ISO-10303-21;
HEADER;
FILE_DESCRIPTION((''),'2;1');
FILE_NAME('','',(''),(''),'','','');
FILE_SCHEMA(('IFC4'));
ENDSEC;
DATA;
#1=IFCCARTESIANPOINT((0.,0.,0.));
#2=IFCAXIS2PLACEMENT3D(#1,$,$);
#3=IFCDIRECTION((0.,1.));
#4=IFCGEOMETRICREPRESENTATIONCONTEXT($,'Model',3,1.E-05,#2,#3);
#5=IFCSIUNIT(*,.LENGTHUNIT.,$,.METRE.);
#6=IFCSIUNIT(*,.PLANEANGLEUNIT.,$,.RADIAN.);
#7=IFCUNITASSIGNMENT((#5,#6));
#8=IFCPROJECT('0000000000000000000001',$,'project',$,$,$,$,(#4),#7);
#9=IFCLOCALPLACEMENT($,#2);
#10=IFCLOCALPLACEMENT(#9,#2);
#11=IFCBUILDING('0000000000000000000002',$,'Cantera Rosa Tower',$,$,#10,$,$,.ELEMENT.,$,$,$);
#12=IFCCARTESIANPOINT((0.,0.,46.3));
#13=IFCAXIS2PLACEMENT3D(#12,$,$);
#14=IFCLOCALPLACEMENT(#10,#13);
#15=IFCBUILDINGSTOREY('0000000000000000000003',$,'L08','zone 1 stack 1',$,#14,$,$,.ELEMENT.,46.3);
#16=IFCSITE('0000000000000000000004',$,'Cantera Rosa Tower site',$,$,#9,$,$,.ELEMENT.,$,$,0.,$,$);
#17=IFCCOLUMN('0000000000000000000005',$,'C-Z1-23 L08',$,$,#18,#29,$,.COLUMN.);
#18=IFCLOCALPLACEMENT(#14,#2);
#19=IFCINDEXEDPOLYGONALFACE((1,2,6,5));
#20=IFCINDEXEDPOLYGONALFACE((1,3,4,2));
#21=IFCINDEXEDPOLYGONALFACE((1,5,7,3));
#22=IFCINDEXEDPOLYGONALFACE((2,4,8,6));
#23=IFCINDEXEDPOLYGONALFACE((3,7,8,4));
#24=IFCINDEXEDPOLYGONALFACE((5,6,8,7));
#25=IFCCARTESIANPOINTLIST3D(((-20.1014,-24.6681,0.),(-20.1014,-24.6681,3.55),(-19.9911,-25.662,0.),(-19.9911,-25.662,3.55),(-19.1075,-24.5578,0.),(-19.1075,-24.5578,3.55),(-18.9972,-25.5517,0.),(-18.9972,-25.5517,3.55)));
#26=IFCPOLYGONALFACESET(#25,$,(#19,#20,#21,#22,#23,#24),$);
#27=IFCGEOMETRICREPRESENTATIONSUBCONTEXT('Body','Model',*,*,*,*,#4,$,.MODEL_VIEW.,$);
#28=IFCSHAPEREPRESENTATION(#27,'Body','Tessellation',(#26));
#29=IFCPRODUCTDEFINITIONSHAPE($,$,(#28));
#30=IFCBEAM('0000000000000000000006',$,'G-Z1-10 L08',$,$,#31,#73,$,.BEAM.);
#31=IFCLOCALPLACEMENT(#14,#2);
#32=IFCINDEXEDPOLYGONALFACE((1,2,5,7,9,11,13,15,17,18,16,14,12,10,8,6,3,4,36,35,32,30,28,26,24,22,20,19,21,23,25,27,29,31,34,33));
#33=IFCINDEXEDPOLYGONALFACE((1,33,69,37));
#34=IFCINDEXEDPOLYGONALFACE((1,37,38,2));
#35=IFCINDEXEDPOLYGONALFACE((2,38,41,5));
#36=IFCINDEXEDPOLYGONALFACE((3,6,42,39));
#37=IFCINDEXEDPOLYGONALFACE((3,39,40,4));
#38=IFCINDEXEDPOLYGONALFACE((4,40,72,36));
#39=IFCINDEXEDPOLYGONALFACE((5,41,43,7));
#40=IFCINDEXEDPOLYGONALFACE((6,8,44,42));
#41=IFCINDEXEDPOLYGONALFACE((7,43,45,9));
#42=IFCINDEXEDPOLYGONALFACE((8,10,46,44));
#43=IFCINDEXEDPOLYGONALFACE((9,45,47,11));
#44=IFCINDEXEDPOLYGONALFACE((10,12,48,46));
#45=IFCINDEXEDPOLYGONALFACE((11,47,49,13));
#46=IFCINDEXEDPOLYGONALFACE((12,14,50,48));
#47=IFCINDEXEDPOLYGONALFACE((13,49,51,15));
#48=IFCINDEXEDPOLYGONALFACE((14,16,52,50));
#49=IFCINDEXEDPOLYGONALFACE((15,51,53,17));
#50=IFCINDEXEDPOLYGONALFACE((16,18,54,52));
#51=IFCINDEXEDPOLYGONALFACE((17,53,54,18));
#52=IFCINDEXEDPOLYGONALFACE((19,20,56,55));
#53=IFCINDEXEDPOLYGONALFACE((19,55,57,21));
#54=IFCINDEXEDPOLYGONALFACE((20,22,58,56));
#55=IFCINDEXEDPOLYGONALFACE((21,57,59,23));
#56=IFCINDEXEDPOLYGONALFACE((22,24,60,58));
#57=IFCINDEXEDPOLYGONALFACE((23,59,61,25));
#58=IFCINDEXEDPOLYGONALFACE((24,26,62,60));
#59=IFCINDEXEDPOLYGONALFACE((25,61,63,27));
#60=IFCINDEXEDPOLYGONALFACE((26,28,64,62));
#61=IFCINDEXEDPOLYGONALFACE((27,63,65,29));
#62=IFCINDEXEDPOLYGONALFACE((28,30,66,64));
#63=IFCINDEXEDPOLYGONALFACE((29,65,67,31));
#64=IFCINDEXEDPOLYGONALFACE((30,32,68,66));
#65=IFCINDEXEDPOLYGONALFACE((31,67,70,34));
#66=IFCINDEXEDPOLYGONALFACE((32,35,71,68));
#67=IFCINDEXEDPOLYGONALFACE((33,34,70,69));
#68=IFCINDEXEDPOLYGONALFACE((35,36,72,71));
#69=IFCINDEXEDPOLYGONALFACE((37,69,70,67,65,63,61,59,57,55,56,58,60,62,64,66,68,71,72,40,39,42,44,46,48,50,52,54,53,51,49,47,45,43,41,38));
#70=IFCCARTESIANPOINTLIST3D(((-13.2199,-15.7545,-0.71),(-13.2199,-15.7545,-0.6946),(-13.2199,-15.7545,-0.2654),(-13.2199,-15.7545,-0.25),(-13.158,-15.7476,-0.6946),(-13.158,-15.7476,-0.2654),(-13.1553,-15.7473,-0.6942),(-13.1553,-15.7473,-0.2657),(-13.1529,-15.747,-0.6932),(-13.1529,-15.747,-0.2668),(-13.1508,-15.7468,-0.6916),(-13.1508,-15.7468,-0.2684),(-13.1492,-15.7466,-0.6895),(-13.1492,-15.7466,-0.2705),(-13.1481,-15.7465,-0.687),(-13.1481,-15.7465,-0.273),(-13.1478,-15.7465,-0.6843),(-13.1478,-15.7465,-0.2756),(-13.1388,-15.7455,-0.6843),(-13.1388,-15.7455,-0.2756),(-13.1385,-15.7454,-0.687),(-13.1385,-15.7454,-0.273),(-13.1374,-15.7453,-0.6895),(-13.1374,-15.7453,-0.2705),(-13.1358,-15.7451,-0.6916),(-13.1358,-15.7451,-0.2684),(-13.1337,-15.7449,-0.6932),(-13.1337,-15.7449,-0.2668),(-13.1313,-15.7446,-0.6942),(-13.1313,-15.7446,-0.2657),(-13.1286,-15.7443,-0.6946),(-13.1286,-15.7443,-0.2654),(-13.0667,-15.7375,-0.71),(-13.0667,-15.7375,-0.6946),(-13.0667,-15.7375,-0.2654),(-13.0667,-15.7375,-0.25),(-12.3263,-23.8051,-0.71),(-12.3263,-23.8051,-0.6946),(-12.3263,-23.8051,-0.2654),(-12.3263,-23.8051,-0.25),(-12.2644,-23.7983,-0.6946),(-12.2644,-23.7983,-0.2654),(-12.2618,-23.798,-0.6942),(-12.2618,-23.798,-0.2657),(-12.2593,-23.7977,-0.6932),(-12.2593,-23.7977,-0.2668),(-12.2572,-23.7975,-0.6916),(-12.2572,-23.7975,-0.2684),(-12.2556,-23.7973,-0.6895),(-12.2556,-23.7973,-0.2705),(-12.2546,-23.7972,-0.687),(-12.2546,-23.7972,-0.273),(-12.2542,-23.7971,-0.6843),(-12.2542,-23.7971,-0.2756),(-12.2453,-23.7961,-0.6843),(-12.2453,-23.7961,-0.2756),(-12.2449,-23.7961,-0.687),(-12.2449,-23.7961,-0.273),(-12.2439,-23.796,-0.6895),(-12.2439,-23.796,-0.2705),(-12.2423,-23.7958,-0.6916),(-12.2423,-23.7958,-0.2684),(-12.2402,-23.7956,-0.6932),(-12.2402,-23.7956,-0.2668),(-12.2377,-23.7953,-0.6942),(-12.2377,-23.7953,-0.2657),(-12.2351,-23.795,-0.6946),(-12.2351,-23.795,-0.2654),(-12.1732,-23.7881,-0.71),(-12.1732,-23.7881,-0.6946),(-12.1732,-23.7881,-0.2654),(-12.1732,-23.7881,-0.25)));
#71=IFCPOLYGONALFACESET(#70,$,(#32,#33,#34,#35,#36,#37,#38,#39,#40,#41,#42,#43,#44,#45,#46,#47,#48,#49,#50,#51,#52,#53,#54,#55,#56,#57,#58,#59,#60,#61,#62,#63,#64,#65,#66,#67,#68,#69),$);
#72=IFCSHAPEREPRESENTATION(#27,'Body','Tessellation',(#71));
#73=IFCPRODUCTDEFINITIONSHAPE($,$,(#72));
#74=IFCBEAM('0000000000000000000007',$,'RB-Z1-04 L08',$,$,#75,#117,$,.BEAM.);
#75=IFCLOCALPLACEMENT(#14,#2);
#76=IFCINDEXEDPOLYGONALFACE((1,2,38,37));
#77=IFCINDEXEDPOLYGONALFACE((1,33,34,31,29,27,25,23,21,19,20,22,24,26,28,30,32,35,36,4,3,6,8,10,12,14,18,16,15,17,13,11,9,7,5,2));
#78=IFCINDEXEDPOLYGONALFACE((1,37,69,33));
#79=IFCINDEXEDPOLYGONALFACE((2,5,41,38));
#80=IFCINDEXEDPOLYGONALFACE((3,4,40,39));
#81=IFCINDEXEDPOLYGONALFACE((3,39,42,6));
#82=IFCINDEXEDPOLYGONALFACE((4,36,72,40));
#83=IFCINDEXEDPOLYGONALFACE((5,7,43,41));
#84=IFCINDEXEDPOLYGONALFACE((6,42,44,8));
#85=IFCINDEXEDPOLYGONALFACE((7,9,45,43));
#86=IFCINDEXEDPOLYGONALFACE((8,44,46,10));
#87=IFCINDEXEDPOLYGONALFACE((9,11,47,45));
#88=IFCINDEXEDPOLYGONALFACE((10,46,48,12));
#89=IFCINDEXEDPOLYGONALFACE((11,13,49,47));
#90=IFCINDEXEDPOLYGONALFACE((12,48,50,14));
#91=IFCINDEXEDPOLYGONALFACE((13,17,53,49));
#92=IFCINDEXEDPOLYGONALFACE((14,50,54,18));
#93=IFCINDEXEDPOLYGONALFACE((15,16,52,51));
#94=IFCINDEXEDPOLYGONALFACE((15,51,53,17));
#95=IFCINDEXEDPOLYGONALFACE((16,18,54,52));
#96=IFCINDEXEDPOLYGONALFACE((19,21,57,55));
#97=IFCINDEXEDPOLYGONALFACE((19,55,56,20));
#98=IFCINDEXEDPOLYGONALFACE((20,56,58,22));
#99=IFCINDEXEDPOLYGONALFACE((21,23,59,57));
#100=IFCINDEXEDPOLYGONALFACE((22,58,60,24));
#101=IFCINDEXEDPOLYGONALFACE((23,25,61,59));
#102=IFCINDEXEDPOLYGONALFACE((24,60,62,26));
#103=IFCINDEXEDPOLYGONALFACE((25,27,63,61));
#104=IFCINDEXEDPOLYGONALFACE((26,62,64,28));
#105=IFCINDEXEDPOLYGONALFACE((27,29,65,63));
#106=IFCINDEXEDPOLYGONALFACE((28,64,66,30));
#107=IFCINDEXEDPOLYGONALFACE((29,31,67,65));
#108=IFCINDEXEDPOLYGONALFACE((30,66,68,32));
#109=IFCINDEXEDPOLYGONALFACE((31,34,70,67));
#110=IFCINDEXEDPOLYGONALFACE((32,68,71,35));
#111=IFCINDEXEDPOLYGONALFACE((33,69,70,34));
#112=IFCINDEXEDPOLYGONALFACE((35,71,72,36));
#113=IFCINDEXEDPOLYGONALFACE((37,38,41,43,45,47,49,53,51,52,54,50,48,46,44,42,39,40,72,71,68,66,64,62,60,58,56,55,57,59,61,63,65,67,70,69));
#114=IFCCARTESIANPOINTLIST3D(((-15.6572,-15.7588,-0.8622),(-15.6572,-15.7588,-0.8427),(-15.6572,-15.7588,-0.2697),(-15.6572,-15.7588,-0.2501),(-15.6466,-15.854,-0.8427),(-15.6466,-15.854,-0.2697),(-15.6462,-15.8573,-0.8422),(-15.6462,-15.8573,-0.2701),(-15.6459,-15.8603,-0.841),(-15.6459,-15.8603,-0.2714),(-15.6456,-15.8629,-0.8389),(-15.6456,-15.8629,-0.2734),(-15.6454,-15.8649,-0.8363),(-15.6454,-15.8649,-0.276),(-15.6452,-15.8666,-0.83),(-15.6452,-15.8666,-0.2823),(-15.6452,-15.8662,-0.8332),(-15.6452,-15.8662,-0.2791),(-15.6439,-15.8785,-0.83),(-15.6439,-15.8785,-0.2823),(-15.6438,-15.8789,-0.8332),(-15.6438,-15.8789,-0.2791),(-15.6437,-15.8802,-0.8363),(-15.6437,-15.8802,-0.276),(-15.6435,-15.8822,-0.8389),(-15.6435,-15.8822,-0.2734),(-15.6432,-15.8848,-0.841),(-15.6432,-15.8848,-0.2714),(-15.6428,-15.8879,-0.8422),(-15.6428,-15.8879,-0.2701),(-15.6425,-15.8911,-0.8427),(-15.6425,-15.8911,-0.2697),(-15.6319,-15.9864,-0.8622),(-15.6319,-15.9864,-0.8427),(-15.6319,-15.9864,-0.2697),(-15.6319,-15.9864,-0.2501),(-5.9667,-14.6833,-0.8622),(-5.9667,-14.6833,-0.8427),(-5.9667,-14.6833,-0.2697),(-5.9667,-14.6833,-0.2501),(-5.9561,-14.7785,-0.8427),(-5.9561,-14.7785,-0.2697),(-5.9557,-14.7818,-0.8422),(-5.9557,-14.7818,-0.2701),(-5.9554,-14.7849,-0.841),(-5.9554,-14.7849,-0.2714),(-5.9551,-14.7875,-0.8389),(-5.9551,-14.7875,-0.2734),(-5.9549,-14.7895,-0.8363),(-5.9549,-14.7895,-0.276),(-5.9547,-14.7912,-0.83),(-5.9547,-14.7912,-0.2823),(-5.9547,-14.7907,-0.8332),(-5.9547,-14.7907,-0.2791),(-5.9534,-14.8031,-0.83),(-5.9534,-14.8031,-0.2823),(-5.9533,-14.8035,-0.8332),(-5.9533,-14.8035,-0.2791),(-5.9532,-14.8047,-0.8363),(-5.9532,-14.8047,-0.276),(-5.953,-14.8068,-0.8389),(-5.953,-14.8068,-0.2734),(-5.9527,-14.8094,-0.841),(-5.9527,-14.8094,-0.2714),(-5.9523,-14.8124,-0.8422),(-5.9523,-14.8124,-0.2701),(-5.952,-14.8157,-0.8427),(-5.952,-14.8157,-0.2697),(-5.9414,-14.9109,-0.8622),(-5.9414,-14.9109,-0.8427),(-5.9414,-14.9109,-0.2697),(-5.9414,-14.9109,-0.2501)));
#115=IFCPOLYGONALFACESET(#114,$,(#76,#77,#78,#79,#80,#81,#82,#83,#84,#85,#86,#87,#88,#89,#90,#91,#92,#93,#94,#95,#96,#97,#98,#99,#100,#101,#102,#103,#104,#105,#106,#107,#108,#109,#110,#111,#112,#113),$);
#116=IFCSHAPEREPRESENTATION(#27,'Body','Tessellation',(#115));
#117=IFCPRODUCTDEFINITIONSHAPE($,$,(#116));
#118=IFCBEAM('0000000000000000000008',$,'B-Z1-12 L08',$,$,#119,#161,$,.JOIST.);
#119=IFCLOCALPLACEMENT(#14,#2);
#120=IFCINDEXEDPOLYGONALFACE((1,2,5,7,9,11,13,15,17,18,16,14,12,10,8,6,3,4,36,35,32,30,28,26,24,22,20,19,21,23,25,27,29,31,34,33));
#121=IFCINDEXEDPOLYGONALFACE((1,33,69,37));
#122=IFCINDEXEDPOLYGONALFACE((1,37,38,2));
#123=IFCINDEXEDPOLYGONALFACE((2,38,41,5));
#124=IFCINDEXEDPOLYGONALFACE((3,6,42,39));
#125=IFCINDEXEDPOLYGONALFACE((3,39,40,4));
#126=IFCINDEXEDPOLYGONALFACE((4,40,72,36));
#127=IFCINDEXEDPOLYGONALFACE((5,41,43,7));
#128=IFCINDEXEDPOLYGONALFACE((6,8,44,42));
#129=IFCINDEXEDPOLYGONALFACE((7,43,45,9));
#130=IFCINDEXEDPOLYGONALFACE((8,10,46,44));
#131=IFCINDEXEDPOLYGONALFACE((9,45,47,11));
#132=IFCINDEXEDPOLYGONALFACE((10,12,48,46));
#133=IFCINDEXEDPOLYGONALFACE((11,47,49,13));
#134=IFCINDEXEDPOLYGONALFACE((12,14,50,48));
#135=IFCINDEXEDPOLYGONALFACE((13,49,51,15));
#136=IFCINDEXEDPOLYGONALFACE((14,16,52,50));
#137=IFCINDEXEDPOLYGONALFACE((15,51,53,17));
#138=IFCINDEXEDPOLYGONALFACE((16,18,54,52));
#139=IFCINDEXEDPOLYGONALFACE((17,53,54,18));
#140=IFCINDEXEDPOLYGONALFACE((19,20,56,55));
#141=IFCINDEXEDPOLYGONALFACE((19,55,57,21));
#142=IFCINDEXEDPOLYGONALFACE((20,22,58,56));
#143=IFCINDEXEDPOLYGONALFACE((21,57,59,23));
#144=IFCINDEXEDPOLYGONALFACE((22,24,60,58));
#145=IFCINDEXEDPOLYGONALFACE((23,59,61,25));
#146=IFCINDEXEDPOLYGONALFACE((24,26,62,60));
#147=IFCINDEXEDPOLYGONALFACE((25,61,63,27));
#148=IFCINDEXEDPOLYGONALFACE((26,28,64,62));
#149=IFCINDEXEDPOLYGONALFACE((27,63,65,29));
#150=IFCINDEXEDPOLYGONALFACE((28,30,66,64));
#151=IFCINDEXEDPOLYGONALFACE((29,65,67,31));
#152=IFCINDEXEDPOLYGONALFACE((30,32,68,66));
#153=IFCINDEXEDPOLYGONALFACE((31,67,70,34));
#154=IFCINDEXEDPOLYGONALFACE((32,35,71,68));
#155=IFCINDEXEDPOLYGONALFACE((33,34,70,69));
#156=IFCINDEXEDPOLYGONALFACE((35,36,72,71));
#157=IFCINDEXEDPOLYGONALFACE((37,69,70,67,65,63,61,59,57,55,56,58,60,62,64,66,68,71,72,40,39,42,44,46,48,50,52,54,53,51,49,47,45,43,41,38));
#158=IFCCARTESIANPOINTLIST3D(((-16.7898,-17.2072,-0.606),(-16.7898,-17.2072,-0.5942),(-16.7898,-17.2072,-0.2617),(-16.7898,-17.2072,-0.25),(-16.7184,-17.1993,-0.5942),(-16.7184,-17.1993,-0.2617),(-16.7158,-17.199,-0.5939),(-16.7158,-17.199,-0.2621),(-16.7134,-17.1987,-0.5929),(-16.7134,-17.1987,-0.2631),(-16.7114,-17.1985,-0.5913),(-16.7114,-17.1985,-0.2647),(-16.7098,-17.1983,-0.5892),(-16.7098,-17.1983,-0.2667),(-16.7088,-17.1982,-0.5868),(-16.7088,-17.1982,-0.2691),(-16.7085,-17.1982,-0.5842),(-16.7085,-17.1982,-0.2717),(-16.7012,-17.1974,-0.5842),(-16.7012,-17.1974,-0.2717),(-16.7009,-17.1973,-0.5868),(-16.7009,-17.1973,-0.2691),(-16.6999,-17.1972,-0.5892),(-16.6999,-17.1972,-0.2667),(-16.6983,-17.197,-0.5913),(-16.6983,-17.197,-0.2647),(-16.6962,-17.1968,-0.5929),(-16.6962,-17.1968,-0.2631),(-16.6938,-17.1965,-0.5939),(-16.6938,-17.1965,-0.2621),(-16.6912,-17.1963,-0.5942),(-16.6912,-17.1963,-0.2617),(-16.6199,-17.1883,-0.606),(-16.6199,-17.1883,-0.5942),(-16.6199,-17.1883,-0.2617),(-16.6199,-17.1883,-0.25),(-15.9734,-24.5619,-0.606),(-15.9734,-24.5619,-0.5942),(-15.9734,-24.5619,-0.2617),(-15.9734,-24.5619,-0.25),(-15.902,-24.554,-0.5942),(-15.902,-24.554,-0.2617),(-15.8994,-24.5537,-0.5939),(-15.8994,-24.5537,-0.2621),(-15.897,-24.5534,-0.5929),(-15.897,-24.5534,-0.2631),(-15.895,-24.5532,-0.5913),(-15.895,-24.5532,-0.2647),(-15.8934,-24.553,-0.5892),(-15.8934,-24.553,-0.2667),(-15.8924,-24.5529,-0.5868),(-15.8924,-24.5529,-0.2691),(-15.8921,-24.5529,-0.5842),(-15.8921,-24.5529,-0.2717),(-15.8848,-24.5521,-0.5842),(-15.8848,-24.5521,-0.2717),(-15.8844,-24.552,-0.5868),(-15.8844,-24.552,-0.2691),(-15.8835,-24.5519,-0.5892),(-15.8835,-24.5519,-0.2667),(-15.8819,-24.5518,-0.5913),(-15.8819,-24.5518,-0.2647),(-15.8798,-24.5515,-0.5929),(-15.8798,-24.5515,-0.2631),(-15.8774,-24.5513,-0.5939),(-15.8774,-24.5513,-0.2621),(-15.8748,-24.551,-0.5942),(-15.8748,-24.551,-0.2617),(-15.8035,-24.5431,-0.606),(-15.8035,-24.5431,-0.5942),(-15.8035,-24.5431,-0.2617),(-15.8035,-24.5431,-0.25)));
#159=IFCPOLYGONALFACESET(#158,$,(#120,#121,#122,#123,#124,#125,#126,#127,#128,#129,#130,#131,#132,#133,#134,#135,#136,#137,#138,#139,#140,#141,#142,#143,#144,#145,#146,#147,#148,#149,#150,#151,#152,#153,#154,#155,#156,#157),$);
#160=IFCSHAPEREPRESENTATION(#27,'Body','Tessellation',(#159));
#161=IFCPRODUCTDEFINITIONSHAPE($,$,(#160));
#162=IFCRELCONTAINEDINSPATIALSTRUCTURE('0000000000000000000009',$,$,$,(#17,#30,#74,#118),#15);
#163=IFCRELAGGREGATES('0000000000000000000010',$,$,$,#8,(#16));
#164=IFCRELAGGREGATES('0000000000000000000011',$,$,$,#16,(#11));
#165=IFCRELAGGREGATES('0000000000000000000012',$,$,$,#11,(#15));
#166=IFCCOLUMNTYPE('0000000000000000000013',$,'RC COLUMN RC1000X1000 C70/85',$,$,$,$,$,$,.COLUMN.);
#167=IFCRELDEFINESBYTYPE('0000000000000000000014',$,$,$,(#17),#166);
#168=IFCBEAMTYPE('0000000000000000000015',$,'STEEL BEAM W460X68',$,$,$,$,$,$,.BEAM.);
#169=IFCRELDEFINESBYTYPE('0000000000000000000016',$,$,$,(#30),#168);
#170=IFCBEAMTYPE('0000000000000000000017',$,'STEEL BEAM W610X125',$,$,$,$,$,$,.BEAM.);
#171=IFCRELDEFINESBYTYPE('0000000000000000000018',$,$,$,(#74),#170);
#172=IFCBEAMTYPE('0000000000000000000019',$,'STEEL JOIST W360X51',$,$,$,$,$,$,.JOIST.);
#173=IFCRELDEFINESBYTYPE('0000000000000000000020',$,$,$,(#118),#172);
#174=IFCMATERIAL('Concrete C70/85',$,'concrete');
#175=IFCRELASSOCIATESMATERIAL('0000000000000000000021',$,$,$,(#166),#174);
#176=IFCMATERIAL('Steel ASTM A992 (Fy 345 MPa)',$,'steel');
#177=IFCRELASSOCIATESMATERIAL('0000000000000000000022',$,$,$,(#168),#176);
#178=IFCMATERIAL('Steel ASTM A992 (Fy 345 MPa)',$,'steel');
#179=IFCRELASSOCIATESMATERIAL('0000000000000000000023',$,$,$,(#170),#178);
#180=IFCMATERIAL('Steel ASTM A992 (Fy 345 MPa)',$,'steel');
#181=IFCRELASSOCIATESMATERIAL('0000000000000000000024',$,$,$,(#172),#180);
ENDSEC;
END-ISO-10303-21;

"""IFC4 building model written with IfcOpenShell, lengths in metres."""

from ifc_helpers import new_model, si_unit, direction, frame, origin, origin_2d, place, context, subcontext, project, spatial, rectangle, i_section, extrude, material, material_profile, profile_set, type_object, element, save


model = new_model("IFC4")

# Units and contexts
model_context = context("Model", 3, precision=1e-05, world=origin(), true_north=direction((0.0, 1.0)))
body_context = subcontext(model_context, "Body", "Model", "MODEL_VIEW")
ifc_project = project(units=[si_unit("LENGTHUNIT", "METRE"), si_unit("PLANEANGLEUNIT", "RADIAN")], contexts=[model_context])

# Site, building, storey
site_placement = place(None, origin())
site = spatial("IfcSite", under=ifc_project, at=site_placement, Name="Cantera Rosa Tower site", CompositionType="ELEMENT", RefElevation=0.0)
building_placement = place(site_placement, origin())
building = spatial("IfcBuilding", under=site, at=building_placement, Name="Cantera Rosa Tower", CompositionType="ELEMENT")
storey_placement = place(building_placement, frame((0.0, 0.0, 46.3)))
storey = spatial("IfcBuildingStorey", under=building, at=storey_placement, Name="L08", Description="zone 1 stack 1", CompositionType="ELEMENT", Elevation=46.3)

# Column
ifc_material_1 = material(Name="Concrete C70/85", Category="concrete")
ifc_material_profile_1 = material_profile(ifc_material_1, rectangle(XDim=1.0, YDim=1.0, at=origin_2d()), Name="RC COLUMN RC1000X1000 C70/85")
ifc_profile_set_1 = profile_set([ifc_material_profile_1], Name="Concrete C70/85")
column_type = type_object("IfcColumnType", Name="RC COLUMN RC1000X1000 C70/85", PredefinedType="COLUMN", material=ifc_profile_set_1)
column_placement = place(storey_placement, frame((-19.5493, -25.1099, 0.0), z_axis=(0.0, 0.0, 1.0), x_axis=(0.993897, 0.110313, 0.0)))
element("IfcColumn", 1, at=column_placement, inside=storey, type_object=column_type, Name="C-Z1-23 L08", PredefinedType="COLUMN", context=body_context, shape_type="SweptSolid", body=[
    extrude(rectangle(XDim=1.0, YDim=1.0, at=origin_2d()), origin(), (0.0, 0.0, 1.0), 3.55),
])

# Beams
ifc_material_2 = material(Name="Steel ASTM A992 (Fy 345 MPa)", Category="steel")
ifc_material_profile_2 = material_profile(ifc_material_2, i_section(OverallWidth=0.1541, OverallDepth=0.46, WebThickness=0.009, FlangeThickness=0.0154, FilletRadius=0.0103, at=origin_2d()), Name="W460X68")
ifc_profile_set_2 = profile_set([ifc_material_profile_2], Name="Steel ASTM A992 (Fy 345 MPa)")
beam_type_1 = type_object("IfcBeamType", Name="STEEL BEAM W460X68", PredefinedType="BEAM", material=ifc_profile_set_2)
beam_1_placement = place(storey_placement, frame((-12.2498, -23.7966, -0.48), z_axis=(-0.110312, 0.993897, 0.0), x_axis=(-0.993897, -0.110312, 0.0)))
element("IfcBeam", 2, at=beam_1_placement, inside=storey, type_object=beam_type_1, Name="G-Z1-10 L08", PredefinedType="BEAM", context=body_context, shape_type="SweptSolid", body=[
    extrude(i_section(OverallWidth=0.1541, OverallDepth=0.46, WebThickness=0.009, FlangeThickness=0.0154, FilletRadius=0.0103, at=origin_2d()), origin(), (0.0, 0.0, 1.0), 8.1001),
])
ifc_material_3 = material(Name="Steel ASTM A992 (Fy 345 MPa)", Category="steel")
ifc_material_profile_3 = material_profile(ifc_material_3, i_section(OverallWidth=0.229, OverallDepth=0.6121, WebThickness=0.012, FlangeThickness=0.0195, FilletRadius=0.0127, at=origin_2d()), Name="W610X125")
ifc_profile_set_3 = profile_set([ifc_material_profile_3], Name="Steel ASTM A992 (Fy 345 MPa)")
beam_type_2 = type_object("IfcBeamType", Name="STEEL BEAM W610X125", PredefinedType="BEAM", material=ifc_profile_set_3)
beam_2_placement = place(storey_placement, frame((-15.6445, -15.8726, -0.5562), z_axis=(0.993898, 0.110302, 0.0), x_axis=(-0.110302, 0.993898, 0.0)))
element("IfcBeam", 3, at=beam_2_placement, inside=storey, type_object=beam_type_2, Name="RB-Z1-04 L08", PredefinedType="BEAM", context=body_context, shape_type="SweptSolid", body=[
    extrude(i_section(OverallWidth=0.229, OverallDepth=0.6121, WebThickness=0.012, FlangeThickness=0.0195, FilletRadius=0.0127, at=origin_2d()), origin(), (0.0, 0.0, 1.0), 9.75),
])
ifc_material_4 = material(Name="Steel ASTM A992 (Fy 345 MPa)", Category="steel")
ifc_material_profile_4 = material_profile(ifc_material_4, i_section(OverallWidth=0.1709, OverallDepth=0.356, WebThickness=0.0073, FlangeThickness=0.0117, FilletRadius=0.01, at=origin_2d()), Name="W360X51")
ifc_profile_set_4 = profile_set([ifc_material_profile_4], Name="Steel ASTM A992 (Fy 345 MPa)")
beam_type_3 = type_object("IfcBeamType", Name="STEEL JOIST W360X51", PredefinedType="JOIST", material=ifc_profile_set_4)
beam_3_placement = place(storey_placement, frame((-15.8884, -24.5525, -0.428), z_axis=(-0.110327, 0.993895, 0.0), x_axis=(-0.993895, -0.110327, 0.0)))
element("IfcBeam", 4, at=beam_3_placement, inside=storey, type_object=beam_type_3, Name="B-Z1-12 L08", PredefinedType="JOIST", context=body_context, shape_type="SweptSolid", body=[
    extrude(i_section(OverallWidth=0.1709, OverallDepth=0.356, WebThickness=0.0073, FlangeThickness=0.0117, FilletRadius=0.01, at=origin_2d()), origin(), (0.0, 0.0, 1.0), 7.3999),
])

save(model, "model.ifc")
